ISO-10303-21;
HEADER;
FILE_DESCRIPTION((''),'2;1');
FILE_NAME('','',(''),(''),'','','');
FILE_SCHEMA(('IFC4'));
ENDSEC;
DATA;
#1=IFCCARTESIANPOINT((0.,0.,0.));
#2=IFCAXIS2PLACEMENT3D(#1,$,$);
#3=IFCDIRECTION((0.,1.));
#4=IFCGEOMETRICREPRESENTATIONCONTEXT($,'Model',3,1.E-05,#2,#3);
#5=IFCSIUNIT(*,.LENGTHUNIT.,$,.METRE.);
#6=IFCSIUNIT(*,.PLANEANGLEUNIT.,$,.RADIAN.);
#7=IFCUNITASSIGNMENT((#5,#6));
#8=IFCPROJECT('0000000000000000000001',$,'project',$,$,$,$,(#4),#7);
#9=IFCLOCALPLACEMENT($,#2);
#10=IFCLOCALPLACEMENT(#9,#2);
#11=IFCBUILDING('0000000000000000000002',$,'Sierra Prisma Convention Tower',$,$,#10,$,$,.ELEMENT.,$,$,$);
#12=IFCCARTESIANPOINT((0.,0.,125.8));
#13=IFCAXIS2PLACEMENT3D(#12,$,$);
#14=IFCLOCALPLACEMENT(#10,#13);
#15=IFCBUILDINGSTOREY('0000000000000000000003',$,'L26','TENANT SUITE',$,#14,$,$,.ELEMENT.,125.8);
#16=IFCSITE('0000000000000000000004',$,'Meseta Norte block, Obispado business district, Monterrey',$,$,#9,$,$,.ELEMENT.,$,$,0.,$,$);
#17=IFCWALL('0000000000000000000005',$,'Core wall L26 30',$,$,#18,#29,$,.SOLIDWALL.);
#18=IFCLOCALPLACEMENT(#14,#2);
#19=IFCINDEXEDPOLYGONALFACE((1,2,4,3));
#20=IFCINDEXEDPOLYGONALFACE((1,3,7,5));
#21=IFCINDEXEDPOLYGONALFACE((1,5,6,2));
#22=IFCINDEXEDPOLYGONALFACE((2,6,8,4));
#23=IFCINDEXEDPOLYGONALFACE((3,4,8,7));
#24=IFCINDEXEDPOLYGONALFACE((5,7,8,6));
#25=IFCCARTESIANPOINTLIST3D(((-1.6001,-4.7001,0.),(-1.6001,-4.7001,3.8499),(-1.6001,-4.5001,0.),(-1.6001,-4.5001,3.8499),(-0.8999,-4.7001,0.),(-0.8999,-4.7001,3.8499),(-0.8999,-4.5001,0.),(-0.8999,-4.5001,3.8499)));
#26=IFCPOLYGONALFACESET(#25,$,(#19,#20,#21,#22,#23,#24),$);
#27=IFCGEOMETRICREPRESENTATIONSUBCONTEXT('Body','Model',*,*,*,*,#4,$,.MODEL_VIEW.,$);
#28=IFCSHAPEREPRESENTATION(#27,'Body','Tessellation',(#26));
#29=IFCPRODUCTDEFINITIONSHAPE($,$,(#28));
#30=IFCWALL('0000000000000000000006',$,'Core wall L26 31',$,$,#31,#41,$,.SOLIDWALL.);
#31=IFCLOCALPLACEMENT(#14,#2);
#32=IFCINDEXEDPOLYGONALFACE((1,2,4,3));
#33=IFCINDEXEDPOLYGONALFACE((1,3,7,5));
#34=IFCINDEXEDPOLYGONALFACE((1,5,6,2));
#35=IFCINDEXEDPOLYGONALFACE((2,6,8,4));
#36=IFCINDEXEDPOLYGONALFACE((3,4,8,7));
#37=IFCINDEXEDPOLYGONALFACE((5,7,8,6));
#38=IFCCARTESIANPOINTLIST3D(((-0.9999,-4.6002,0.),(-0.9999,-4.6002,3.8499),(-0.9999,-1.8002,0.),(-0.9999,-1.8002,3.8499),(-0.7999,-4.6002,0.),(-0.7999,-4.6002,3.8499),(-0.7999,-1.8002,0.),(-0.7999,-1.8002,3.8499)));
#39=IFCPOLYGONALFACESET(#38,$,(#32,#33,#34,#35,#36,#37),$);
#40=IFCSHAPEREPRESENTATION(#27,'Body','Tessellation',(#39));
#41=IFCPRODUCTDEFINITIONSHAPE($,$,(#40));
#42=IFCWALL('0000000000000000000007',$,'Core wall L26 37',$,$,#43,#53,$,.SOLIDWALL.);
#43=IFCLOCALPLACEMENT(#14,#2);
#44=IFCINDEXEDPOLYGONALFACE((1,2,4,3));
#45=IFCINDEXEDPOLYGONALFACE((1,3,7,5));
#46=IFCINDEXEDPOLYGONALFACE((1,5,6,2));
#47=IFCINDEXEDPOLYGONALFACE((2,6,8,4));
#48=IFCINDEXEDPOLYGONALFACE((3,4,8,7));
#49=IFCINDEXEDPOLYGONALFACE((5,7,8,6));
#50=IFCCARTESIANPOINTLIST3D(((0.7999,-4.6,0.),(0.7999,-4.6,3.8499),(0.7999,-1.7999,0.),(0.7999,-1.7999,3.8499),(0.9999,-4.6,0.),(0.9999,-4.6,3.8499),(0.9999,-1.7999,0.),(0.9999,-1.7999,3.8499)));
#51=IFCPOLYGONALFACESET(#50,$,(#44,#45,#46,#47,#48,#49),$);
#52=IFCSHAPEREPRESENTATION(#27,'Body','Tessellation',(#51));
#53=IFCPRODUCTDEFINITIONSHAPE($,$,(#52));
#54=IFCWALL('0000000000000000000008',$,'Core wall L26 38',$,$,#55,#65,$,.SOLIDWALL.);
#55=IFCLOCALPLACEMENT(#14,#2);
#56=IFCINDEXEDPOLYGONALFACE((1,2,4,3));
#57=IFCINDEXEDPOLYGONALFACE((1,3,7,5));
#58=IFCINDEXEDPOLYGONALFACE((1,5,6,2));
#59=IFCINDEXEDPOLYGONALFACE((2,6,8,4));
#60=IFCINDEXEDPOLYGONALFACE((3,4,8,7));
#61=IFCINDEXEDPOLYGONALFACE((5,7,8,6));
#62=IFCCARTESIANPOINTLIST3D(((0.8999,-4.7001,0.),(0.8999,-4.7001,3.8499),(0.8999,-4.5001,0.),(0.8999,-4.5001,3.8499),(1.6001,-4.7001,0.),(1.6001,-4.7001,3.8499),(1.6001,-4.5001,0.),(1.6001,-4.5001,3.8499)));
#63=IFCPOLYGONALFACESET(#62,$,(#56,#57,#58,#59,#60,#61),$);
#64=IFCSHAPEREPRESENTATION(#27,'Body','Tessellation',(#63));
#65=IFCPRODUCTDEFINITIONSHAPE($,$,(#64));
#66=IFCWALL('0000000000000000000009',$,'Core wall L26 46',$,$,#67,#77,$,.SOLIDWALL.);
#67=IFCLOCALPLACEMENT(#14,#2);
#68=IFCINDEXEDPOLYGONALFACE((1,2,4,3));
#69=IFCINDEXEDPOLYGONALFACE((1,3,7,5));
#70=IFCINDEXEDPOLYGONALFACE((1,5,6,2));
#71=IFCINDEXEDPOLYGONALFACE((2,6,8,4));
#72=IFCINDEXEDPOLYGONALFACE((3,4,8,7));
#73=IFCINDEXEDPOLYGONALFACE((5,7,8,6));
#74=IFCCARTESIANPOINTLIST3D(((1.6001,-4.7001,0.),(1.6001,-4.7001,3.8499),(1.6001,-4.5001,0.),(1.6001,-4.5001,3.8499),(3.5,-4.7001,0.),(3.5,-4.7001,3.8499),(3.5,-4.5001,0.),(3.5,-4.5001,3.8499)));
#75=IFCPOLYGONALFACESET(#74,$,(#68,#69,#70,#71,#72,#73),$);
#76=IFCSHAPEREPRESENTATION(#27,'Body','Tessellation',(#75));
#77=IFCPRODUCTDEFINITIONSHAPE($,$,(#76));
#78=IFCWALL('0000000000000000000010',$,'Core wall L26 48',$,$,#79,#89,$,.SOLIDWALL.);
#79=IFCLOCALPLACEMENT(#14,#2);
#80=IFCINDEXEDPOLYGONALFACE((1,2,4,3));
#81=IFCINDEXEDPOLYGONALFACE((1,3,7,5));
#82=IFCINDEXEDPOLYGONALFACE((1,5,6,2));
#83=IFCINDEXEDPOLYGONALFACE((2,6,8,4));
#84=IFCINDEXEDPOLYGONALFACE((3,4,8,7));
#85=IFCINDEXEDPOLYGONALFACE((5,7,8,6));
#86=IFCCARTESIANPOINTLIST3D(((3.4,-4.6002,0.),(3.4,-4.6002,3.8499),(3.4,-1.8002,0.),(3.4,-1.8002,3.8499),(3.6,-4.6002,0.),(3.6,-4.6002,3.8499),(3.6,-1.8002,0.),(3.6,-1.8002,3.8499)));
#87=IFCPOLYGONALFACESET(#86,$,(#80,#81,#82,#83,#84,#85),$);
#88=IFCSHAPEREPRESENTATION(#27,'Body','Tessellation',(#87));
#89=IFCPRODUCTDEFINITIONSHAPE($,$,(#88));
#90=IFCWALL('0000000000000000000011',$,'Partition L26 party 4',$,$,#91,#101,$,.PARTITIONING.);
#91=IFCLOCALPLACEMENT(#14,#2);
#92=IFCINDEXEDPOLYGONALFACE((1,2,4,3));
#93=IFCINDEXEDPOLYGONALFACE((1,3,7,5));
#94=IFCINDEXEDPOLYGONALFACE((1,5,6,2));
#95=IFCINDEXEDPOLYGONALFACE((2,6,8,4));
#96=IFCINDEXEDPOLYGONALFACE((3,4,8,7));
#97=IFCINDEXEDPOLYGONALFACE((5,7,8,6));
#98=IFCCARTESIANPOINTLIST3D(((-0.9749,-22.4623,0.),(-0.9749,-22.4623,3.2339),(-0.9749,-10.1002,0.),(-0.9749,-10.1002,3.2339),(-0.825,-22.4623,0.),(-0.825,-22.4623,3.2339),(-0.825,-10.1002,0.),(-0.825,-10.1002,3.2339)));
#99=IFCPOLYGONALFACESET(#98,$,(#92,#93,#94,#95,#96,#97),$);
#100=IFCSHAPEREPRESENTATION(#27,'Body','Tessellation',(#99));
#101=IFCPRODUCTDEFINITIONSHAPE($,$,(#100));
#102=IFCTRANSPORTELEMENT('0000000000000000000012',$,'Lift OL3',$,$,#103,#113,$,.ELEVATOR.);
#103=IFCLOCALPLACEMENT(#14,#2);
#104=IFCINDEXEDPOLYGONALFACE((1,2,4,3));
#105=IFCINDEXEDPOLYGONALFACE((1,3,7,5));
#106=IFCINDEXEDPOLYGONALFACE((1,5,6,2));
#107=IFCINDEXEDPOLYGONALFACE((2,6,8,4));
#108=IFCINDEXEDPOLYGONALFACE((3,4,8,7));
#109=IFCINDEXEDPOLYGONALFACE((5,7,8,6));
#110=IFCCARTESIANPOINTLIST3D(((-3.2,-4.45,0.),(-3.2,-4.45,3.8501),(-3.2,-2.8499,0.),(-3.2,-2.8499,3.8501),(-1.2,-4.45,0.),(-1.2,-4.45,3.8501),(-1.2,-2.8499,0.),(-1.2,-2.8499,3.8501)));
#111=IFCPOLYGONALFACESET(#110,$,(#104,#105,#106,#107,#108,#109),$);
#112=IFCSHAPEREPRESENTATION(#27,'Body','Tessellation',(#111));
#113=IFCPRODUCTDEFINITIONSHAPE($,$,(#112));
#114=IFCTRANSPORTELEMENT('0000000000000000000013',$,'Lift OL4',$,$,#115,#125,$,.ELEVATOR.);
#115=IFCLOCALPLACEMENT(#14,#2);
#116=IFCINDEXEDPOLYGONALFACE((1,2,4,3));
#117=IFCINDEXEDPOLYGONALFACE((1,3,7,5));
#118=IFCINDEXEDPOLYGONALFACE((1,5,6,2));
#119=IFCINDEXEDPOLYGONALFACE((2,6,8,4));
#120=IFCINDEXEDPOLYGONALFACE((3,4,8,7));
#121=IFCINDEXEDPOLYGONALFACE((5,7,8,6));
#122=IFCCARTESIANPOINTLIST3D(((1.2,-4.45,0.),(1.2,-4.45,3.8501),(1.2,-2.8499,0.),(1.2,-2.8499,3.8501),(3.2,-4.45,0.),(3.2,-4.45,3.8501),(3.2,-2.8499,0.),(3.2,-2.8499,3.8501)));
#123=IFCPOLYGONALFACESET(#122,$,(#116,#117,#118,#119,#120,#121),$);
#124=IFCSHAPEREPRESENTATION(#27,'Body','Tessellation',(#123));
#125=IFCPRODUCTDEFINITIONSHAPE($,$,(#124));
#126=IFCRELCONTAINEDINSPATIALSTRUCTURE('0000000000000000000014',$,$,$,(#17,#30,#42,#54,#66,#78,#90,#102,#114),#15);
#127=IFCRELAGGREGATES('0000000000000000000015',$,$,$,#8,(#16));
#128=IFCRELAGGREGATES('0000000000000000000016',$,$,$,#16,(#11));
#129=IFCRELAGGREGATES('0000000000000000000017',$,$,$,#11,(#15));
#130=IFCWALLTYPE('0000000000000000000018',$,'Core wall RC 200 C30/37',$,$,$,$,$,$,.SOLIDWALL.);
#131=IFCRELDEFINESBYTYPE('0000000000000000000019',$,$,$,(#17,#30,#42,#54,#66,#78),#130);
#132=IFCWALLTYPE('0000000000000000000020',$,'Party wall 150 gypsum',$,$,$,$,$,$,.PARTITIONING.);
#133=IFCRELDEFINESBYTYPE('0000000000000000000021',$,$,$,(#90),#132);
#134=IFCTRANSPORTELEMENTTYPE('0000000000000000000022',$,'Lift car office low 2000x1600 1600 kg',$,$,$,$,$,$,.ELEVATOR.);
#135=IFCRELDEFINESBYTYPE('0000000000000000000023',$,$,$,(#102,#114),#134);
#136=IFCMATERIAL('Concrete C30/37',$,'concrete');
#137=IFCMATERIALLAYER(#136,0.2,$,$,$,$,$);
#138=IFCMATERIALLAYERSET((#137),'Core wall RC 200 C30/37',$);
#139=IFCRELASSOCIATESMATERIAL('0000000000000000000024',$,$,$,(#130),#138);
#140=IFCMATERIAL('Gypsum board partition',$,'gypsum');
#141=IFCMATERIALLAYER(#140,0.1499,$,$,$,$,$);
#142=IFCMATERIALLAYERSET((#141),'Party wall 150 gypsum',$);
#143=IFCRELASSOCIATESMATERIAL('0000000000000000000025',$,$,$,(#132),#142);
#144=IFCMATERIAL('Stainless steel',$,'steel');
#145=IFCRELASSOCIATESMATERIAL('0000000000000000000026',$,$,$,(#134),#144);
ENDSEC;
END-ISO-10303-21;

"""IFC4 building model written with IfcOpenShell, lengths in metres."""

from ifc_helpers import new_model, si_unit, direction, frame, frame_2d, origin, origin_2d, place, context, subcontext, project, spatial, rectangle, extrude, material, layer, layer_set, type_object, element, save


model = new_model("IFC4")

# Units and contexts
model_context = context("Model", 3, precision=1e-05, world=origin(), true_north=direction((0.0, 1.0)))
body_context = subcontext(model_context, "Body", "Model", "MODEL_VIEW")
ifc_project = project(units=[si_unit("LENGTHUNIT", "METRE"), si_unit("PLANEANGLEUNIT", "RADIAN")], contexts=[model_context])

# Site, building, storey
site_placement = place(None, origin())
site = spatial("IfcSite", under=ifc_project, at=site_placement, Name="Meseta Norte block, Obispado business district, Monterrey", CompositionType="ELEMENT", RefElevation=0.0)
building_placement = place(site_placement, origin())
building = spatial("IfcBuilding", under=site, at=building_placement, Name="Sierra Prisma Convention Tower", CompositionType="ELEMENT")
storey_placement = place(building_placement, frame((0.0, 0.0, 125.8)))
storey = spatial("IfcBuildingStorey", under=building, at=storey_placement, Name="L26", Description="TENANT SUITE", CompositionType="ELEMENT", Elevation=125.8)

# Shared definitions
ifc_material_1 = material(Name="Concrete C30/37", Category="concrete")
ifc_layer_1 = layer(ifc_material_1, 0.2)
ifc_layer_set_1 = layer_set([ifc_layer_1], Name="Core wall RC 200 C30/37")
wall_type_1 = type_object("IfcWallType", Name="Core wall RC 200 C30/37", PredefinedType="SOLIDWALL", material=ifc_layer_set_1)

# Walls
wall_1_placement = place(storey_placement, frame((-1.6001, -4.6001, 0.0), z_axis=(0.0, 0.0, 1.0), x_axis=(1.0, 0.0, 0.0)))
element("IfcWall", 1, at=wall_1_placement, inside=storey, type_object=wall_type_1, Name="Core wall L26 30", PredefinedType="SOLIDWALL", context=body_context, shape_type="SweptSolid", body=[
    extrude(rectangle(XDim=0.7002, YDim=0.2, at=frame_2d((0.3501, 0.0))), origin(), (0.0, 0.0, 1.0), 3.8499),
])
wall_2_placement = place(storey_placement, frame((-0.8999, -4.6001, 0.0), z_axis=(0.0, 0.0, 1.0), x_axis=(0.0, 1.0, 0.0)))
element("IfcWall", 2, at=wall_2_placement, inside=storey, type_object=wall_type_1, Name="Core wall L26 31", PredefinedType="SOLIDWALL", context=body_context, shape_type="SweptSolid", body=[
    extrude(rectangle(XDim=2.8, YDim=0.2, at=frame_2d((1.3999, 0.0))), origin(), (0.0, 0.0, 1.0), 3.8499),
])

# Walls
wall_3_placement = place(storey_placement, frame((0.8999, -1.8, 0.0), z_axis=(0.0, 0.0, 1.0), x_axis=(0.0, -1.0, 0.0)))
element("IfcWall", 3, at=wall_3_placement, inside=storey, type_object=wall_type_1, Name="Core wall L26 37", PredefinedType="SOLIDWALL", context=body_context, shape_type="SweptSolid", body=[
    extrude(rectangle(XDim=2.8, YDim=0.2, at=frame_2d((1.3999, 0.0))), origin(), (0.0, 0.0, 1.0), 3.8499),
])
wall_4_placement = place(storey_placement, frame((0.8999, -4.6001, 0.0), z_axis=(0.0, 0.0, 1.0), x_axis=(1.0, 0.0, 0.0)))
element("IfcWall", 4, at=wall_4_placement, inside=storey, type_object=wall_type_1, Name="Core wall L26 38", PredefinedType="SOLIDWALL", context=body_context, shape_type="SweptSolid", body=[
    extrude(rectangle(XDim=0.7002, YDim=0.2, at=frame_2d((0.3501, 0.0))), origin(), (0.0, 0.0, 1.0), 3.8499),
])

# Walls
wall_5_placement = place(storey_placement, frame((3.5, -4.6001, 0.0), z_axis=(0.0, 0.0, 1.0), x_axis=(-1.0, 0.0, 0.0)))
element("IfcWall", 5, at=wall_5_placement, inside=storey, type_object=wall_type_1, Name="Core wall L26 46", PredefinedType="SOLIDWALL", context=body_context, shape_type="SweptSolid", body=[
    extrude(rectangle(XDim=1.8999, YDim=0.2, at=frame_2d((0.95, 0.0))), origin(), (0.0, 0.0, 1.0), 3.8499),
])
wall_6_placement = place(storey_placement, frame((3.5, -4.6001, 0.0), z_axis=(0.0, 0.0, 1.0), x_axis=(0.0, 1.0, 0.0)))
element("IfcWall", 6, at=wall_6_placement, inside=storey, type_object=wall_type_1, Name="Core wall L26 48", PredefinedType="SOLIDWALL", context=body_context, shape_type="SweptSolid", body=[
    extrude(rectangle(XDim=2.8, YDim=0.2, at=frame_2d((1.3999, 0.0))), origin(), (0.0, 0.0, 1.0), 3.8499),
])

# Wall
ifc_material_2 = material(Name="Gypsum board partition", Category="gypsum")
ifc_layer_2 = layer(ifc_material_2, 0.1499)
ifc_layer_set_2 = layer_set([ifc_layer_2], Name="Party wall 150 gypsum")
wall_type_2 = type_object("IfcWallType", Name="Party wall 150 gypsum", PredefinedType="PARTITIONING", material=ifc_layer_set_2)
wall_7_placement = place(storey_placement, frame((-0.8999, -10.1001, 0.0), z_axis=(0.0, 0.0, 1.0), x_axis=(0.0, -1.0, 0.0)))
element("IfcWall", 7, at=wall_7_placement, inside=storey, type_object=wall_type_2, Name="Partition L26 party 4", PredefinedType="PARTITIONING", context=body_context, shape_type="SweptSolid", body=[
    extrude(rectangle(XDim=12.3621, YDim=0.1499, at=frame_2d((6.1812, 0.0))), origin(), (0.0, 0.0, 1.0), 3.2339),
])

# Transport elements
ifc_material_3 = material(Name="Stainless steel", Category="steel")
transport_element_type = type_object("IfcTransportElementType", Name="Lift car office low 2000x1600 1600 kg", PredefinedType="ELEVATOR", material=ifc_material_3)
for number, where, z_axis, x_axis, name in (
    (8, (-2.2, -3.6499, 0.0), (0.0, 0.0, 1.0), (1.0, 0.0, 0.0), "Lift OL3"),
    (9, (2.2, -3.6499, 0.0), (0.0, 0.0, 1.0), (1.0, 0.0, 0.0), "Lift OL4"),
):
    element("IfcTransportElement", number, at=place(storey_placement, frame(where, z_axis=z_axis, x_axis=x_axis)), inside=storey, type_object=transport_element_type, Name=name, PredefinedType="ELEVATOR", context=body_context, shape_type="SweptSolid", body=[
        extrude(rectangle(XDim=2.0, YDim=1.6001, at=origin_2d()), origin(), (0.0, 0.0, 1.0), 3.8501),
    ])

save(model, "model.ifc")
